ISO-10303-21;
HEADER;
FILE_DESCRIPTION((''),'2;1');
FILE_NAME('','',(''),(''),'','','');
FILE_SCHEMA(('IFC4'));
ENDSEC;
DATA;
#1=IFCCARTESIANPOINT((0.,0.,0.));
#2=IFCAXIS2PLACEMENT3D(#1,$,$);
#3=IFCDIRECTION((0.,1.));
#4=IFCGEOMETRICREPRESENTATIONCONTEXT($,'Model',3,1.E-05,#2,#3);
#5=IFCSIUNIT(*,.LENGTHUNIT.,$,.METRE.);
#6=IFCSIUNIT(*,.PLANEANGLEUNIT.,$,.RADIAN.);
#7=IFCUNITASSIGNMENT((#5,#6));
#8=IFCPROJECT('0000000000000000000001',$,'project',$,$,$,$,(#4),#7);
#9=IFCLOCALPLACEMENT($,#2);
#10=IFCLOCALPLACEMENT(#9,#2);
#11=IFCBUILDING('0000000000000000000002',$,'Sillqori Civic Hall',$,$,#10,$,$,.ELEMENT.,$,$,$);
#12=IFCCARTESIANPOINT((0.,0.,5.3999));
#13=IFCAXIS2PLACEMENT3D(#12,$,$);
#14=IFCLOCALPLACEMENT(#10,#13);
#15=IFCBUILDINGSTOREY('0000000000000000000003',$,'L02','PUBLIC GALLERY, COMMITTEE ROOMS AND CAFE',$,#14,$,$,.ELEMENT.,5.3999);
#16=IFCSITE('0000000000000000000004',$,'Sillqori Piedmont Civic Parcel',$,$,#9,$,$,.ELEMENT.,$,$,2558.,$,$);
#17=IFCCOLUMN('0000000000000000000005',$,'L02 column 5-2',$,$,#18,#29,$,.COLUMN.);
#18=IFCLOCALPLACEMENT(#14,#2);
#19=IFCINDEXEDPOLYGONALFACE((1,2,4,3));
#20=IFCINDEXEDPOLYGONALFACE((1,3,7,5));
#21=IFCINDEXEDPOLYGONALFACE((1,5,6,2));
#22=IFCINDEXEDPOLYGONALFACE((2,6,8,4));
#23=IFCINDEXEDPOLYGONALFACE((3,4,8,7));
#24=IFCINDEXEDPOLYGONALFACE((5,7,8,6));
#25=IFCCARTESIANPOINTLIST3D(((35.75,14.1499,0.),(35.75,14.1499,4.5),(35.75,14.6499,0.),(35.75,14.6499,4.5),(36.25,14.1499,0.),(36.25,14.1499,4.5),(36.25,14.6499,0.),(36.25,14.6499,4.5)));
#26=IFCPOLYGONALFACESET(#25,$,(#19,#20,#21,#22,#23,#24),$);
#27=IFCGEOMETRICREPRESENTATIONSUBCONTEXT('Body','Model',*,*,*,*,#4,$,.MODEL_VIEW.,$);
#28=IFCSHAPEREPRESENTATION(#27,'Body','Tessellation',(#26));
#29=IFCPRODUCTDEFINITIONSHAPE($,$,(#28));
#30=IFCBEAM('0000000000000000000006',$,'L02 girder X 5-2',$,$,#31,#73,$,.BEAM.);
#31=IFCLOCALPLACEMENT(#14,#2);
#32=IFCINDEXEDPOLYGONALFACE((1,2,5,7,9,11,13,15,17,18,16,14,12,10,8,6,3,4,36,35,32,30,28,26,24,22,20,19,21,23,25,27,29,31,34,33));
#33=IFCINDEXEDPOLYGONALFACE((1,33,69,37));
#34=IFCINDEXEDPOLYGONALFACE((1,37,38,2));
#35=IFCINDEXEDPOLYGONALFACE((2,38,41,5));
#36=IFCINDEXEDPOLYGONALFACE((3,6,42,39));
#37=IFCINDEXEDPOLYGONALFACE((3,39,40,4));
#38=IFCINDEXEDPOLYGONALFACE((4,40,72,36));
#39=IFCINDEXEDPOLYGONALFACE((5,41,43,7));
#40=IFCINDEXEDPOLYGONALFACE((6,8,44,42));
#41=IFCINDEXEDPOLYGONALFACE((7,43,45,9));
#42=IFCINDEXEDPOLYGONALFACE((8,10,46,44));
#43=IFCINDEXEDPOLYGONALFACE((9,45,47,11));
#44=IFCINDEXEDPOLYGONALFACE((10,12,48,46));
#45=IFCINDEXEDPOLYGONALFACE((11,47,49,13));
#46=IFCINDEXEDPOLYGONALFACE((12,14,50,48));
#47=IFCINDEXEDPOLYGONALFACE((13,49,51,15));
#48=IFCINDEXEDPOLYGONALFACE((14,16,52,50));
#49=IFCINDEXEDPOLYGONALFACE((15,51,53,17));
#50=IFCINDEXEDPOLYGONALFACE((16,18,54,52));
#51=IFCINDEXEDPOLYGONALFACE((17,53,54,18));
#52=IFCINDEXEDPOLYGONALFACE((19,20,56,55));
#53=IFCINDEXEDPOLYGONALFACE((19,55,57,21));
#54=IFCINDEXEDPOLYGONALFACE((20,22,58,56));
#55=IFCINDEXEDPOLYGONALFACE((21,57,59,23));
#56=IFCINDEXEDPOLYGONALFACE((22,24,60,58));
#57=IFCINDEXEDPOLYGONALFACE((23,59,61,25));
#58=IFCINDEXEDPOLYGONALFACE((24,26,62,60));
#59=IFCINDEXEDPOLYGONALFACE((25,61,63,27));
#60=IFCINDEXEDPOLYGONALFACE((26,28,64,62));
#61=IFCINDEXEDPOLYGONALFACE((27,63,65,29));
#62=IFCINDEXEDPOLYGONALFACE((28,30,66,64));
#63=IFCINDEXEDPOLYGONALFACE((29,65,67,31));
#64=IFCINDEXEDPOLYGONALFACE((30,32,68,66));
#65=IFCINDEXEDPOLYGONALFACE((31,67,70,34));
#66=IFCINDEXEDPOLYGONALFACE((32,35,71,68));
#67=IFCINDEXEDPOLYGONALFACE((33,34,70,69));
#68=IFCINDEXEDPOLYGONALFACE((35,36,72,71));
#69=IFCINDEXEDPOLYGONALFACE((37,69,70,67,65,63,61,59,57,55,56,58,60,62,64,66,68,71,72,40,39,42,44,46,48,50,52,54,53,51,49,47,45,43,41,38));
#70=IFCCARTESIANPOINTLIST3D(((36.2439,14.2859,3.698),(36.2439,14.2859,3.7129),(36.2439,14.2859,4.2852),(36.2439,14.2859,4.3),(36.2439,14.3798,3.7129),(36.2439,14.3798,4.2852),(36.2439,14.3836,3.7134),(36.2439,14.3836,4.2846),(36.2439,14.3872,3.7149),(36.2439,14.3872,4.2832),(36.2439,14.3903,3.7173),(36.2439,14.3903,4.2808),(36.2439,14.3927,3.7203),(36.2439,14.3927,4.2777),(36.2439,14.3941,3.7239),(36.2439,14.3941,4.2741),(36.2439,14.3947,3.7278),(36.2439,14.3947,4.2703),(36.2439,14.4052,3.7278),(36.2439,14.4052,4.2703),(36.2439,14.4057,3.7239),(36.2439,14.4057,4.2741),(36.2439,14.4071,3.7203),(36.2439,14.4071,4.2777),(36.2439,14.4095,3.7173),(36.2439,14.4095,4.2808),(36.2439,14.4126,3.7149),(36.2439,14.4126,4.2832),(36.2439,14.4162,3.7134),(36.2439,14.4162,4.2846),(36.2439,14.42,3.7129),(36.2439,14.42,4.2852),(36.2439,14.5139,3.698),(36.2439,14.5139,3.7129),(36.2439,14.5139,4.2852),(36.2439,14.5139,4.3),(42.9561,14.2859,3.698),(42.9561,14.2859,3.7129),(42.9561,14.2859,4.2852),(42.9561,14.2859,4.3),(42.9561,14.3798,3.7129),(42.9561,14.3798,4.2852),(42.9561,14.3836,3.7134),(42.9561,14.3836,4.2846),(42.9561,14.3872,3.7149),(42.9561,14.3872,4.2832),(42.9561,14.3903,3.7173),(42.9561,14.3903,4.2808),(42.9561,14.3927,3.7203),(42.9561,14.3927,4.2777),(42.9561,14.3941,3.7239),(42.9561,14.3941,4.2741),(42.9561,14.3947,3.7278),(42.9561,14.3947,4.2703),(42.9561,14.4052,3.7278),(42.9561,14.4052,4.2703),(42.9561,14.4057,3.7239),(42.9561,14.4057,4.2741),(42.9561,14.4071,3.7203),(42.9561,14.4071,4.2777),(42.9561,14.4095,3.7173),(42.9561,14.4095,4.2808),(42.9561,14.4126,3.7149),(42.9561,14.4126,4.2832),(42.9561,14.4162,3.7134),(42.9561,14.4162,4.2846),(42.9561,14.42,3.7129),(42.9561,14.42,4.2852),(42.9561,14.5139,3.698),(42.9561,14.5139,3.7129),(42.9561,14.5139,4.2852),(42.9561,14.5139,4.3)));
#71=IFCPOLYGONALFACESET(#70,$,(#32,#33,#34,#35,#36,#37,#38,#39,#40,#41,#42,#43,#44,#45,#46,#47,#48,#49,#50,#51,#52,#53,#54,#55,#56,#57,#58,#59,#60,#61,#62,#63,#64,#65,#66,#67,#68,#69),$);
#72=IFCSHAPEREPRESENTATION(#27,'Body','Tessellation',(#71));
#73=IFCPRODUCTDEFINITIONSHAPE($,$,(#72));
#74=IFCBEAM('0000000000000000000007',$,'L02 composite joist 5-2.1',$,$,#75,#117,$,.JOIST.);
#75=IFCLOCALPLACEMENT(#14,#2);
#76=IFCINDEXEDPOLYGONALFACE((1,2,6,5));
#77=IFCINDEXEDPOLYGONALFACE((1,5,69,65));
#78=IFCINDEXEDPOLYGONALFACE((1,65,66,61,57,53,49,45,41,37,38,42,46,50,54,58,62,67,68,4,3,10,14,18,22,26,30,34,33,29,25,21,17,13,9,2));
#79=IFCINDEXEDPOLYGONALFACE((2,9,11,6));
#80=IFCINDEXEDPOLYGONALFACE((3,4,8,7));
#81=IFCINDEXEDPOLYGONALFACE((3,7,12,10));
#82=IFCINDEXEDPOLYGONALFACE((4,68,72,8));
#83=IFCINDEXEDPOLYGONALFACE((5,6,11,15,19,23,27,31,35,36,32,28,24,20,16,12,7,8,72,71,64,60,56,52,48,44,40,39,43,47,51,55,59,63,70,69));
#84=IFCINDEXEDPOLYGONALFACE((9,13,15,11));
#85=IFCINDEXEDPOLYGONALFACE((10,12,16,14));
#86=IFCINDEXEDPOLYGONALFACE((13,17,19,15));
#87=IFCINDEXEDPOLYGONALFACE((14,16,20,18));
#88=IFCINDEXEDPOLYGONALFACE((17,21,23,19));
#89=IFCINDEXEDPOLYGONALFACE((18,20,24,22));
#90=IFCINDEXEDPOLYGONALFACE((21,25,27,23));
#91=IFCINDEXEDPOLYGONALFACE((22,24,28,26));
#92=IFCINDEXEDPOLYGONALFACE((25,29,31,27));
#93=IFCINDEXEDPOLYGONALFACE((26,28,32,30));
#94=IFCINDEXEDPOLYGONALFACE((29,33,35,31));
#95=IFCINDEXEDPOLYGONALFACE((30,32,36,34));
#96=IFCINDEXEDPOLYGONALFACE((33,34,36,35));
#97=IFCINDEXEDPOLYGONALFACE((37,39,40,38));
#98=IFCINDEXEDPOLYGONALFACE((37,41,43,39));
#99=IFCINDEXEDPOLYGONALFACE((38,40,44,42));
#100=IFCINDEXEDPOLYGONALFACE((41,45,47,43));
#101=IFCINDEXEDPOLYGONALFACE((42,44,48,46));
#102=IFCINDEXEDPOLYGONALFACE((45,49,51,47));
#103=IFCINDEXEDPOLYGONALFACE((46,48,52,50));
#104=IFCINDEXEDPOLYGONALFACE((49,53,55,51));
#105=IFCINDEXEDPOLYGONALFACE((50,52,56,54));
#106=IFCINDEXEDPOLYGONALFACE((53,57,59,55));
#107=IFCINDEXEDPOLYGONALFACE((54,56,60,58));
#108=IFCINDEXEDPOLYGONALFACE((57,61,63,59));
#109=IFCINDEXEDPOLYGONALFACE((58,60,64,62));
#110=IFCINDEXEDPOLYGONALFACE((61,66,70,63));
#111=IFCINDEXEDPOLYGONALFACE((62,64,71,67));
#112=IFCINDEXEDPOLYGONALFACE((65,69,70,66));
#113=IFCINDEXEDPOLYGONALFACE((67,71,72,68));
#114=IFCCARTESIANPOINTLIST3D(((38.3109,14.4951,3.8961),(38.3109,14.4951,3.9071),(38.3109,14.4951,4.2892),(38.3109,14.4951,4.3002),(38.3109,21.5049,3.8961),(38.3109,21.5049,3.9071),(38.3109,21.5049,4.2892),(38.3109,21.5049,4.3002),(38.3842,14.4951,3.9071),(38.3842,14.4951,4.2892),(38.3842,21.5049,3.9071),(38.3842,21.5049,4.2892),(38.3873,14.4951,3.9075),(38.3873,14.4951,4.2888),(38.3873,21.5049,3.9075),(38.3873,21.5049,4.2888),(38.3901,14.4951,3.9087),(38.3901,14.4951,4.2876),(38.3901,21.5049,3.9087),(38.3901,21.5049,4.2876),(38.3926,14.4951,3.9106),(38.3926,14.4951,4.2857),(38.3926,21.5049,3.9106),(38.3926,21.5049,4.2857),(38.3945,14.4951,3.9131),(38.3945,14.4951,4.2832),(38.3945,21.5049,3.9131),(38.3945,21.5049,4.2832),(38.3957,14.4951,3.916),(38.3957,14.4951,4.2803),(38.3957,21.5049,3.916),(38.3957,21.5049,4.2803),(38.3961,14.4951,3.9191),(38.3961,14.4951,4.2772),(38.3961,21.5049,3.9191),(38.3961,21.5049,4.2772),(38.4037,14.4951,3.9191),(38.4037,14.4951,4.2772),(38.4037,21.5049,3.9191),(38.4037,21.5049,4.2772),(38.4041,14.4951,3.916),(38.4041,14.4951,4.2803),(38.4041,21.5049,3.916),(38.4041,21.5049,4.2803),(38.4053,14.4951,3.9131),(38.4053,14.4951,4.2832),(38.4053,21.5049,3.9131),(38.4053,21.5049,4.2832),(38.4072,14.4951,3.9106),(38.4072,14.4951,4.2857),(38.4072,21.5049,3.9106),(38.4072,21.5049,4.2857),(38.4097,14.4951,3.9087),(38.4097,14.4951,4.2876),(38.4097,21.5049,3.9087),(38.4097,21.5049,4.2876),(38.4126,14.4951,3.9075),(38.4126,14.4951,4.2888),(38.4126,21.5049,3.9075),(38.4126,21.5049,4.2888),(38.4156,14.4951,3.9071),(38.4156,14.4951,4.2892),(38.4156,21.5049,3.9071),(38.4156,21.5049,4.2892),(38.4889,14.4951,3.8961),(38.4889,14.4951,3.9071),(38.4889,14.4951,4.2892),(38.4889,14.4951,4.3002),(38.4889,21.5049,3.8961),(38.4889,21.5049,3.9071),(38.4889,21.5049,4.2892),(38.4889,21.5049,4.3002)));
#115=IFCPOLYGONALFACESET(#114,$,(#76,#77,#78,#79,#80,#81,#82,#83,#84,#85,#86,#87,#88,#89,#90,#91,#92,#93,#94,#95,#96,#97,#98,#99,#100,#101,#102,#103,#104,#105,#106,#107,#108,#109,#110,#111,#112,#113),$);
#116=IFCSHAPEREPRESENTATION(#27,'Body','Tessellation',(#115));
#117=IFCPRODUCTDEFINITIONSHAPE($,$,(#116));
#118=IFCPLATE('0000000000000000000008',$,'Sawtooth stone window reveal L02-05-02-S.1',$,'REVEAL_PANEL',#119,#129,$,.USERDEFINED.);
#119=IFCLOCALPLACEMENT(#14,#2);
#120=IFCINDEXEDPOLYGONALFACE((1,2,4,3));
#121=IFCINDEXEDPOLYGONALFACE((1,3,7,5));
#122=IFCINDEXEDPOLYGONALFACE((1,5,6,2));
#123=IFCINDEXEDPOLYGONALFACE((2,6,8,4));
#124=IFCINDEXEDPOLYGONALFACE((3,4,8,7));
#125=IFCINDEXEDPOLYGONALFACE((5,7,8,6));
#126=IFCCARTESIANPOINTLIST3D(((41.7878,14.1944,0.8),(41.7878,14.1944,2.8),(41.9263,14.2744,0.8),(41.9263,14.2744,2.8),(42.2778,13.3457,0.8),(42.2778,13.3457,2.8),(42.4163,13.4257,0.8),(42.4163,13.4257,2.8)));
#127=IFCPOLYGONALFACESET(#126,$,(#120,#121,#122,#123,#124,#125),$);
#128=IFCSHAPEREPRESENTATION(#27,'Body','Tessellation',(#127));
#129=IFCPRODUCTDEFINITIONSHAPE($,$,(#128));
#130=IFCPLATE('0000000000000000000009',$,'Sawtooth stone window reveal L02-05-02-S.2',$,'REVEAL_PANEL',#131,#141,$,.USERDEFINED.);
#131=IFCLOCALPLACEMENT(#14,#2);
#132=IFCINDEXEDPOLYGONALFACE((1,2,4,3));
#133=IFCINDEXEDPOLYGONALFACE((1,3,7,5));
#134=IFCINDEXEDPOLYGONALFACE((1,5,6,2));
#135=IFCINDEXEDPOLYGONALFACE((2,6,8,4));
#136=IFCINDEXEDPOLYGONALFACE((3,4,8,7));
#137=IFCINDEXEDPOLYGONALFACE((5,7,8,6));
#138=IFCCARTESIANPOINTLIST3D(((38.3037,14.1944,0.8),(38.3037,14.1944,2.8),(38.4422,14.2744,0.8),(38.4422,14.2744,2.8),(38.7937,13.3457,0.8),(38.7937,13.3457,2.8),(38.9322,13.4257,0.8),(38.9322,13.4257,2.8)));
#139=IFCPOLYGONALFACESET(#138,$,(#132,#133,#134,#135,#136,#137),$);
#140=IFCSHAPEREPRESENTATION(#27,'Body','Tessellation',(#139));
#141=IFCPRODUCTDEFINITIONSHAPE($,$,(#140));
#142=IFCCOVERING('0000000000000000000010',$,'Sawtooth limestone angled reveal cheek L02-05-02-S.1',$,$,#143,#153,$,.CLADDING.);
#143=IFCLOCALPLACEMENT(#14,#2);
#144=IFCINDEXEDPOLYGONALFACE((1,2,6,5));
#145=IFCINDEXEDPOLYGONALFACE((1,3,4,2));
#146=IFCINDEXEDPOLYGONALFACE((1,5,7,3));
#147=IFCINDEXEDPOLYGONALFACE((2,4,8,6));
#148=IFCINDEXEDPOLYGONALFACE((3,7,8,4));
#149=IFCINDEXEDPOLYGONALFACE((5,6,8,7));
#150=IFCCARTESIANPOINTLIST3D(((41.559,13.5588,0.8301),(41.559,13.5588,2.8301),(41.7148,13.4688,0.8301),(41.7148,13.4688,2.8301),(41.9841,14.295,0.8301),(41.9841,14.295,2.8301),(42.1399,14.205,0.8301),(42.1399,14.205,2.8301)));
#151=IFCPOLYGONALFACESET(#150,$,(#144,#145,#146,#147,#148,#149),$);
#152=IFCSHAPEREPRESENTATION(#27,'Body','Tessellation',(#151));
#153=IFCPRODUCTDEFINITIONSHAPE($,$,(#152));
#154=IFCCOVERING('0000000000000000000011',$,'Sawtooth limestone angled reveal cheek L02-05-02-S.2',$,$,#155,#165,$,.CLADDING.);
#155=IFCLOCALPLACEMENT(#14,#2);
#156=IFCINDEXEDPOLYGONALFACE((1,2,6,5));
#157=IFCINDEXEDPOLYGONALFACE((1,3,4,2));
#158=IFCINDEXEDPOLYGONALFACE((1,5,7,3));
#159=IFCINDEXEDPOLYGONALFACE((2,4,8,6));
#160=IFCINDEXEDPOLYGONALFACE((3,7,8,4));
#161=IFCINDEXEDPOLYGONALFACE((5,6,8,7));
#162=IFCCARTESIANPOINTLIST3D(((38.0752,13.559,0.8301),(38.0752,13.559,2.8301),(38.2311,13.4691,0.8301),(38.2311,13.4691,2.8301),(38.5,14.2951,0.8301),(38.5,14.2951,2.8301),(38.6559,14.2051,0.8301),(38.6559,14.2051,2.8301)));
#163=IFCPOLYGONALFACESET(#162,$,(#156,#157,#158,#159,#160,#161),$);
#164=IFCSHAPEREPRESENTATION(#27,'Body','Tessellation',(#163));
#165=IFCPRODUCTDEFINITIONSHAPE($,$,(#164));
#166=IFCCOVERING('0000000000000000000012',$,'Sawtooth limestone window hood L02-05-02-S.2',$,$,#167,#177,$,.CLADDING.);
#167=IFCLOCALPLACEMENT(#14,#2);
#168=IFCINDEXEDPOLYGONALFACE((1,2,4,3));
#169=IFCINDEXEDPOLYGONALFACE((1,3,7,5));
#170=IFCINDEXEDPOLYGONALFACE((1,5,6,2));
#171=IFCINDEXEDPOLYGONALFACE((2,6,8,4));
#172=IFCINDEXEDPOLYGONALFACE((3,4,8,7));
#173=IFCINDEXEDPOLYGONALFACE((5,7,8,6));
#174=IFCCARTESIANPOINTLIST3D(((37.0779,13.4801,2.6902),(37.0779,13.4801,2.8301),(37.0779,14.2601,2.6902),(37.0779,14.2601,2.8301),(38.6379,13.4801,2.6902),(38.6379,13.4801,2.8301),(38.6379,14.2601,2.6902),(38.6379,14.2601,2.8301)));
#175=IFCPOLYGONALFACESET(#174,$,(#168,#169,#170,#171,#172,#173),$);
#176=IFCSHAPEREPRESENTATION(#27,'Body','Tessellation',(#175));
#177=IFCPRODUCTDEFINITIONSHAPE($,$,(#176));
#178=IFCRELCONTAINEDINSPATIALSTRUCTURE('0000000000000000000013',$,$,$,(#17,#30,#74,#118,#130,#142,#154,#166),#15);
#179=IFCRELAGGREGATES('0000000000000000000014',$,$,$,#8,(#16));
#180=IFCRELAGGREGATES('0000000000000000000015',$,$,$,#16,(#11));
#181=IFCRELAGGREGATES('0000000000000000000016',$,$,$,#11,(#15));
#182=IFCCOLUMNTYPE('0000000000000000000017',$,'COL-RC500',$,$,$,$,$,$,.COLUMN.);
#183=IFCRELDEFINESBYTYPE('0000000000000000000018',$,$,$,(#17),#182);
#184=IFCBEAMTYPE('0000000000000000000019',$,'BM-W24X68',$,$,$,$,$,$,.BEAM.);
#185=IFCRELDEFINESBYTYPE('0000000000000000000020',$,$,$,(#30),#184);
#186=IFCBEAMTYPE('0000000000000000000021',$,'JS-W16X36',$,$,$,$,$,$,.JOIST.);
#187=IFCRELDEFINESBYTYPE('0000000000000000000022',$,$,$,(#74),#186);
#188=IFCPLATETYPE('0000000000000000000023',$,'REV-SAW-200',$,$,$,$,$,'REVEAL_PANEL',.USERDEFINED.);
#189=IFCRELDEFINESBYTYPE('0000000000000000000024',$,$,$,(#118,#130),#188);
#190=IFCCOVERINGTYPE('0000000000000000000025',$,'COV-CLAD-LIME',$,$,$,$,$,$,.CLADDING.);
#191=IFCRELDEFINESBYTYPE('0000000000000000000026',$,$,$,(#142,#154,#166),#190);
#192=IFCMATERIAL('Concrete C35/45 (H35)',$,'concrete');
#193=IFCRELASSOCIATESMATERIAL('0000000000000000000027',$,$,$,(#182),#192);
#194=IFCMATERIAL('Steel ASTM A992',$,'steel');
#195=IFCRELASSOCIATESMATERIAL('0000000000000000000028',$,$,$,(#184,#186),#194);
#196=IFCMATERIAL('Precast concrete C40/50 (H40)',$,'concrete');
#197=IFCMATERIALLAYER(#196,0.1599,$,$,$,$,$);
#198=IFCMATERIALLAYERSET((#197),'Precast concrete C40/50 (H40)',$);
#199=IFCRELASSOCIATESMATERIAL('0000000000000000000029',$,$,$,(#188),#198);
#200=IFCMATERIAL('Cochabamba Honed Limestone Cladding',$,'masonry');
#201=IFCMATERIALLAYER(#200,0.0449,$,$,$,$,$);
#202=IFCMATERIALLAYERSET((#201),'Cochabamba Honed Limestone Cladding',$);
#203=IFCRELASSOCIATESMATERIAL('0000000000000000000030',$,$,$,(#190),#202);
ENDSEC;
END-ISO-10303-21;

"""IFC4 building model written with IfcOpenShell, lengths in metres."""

from ifc_helpers import new_model, si_unit, direction, frame, frame_2d, origin, origin_2d, place, context, subcontext, project, spatial, rectangle, i_section, extrude, material, layer, layer_set, material_profile, profile_set, type_object, element, save


model = new_model("IFC4")

# Units and contexts
model_context = context("Model", 3, precision=1e-05, world=origin(), true_north=direction((0.0, 1.0)))
body_context = subcontext(model_context, "Body", "Model", "MODEL_VIEW")
ifc_project = project(units=[si_unit("LENGTHUNIT", "METRE"), si_unit("PLANEANGLEUNIT", "RADIAN")], contexts=[model_context])

# Site, building, storey
site_placement = place(None, origin())
site = spatial("IfcSite", under=ifc_project, at=site_placement, Name="Sillqori Piedmont Civic Parcel", CompositionType="ELEMENT", RefElevation=2558.0)
building_placement = place(site_placement, origin())
building = spatial("IfcBuilding", under=site, at=building_placement, Name="Sillqori Civic Hall", CompositionType="ELEMENT")
storey_placement = place(building_placement, frame((0.0, 0.0, 5.3999)))
storey = spatial("IfcBuildingStorey", under=building, at=storey_placement, Name="L02", Description="PUBLIC GALLERY, COMMITTEE ROOMS AND CAFE", CompositionType="ELEMENT", Elevation=5.3999)

# Column
ifc_material_1 = material(Name="Concrete C35/45 (H35)", Category="concrete")
ifc_material_profile_1 = material_profile(ifc_material_1, rectangle(XDim=0.5, YDim=0.5, at=origin_2d()), Name="RC 500x500")
ifc_profile_set_1 = profile_set([ifc_material_profile_1], Name="Concrete C35/45 (H35)")
column_type = type_object("IfcColumnType", Name="COL-RC500", PredefinedType="COLUMN", material=ifc_profile_set_1)
column_placement = place(storey_placement, frame((36.0, 14.3999, 0.0), z_axis=(0.0, 0.0, 1.0), x_axis=(1.0, 0.0, 0.0)))
element("IfcColumn", 1, at=column_placement, inside=storey, type_object=column_type, Name="L02 column 5-2", PredefinedType="COLUMN", context=body_context, shape_type="SweptSolid", body=[
    extrude(rectangle(XDim=0.5, YDim=0.5, at=origin_2d()), origin(), (0.0, 0.0, 1.0), 4.5),
])

# Beams
ifc_material_2 = material(Name="Steel ASTM A992", Category="steel")
ifc_material_profile_2 = material_profile(ifc_material_2, i_section(OverallWidth=0.228, OverallDepth=0.6021, WebThickness=0.0105, FlangeThickness=0.0149, FilletRadius=0.0149, at=origin_2d()), Name="W24X68")
ifc_profile_set_2 = profile_set([ifc_material_profile_2], Name="Steel ASTM A992")
beam_type_1 = type_object("IfcBeamType", Name="BM-W24X68", PredefinedType="BEAM", material=ifc_profile_set_2)
beam_1_placement = place(storey_placement, frame((36.2439, 14.3999, 3.999), z_axis=(1.0, 0.0, 0.0), x_axis=(0.0, 1.0, 0.0)))
element("IfcBeam", 2, at=beam_1_placement, inside=storey, type_object=beam_type_1, Name="L02 girder X 5-2", PredefinedType="BEAM", context=body_context, shape_type="SweptSolid", body=[
    extrude(i_section(OverallWidth=0.228, OverallDepth=0.6021, WebThickness=0.0105, FlangeThickness=0.0149, FilletRadius=0.0149, at=origin_2d()), origin(), (0.0, 0.0, 1.0), 6.7122),
])
ifc_material_profile_3 = material_profile(ifc_material_2, i_section(OverallWidth=0.178, OverallDepth=0.4041, WebThickness=0.0076, FlangeThickness=0.011, FilletRadius=0.012, at=origin_2d()), Name="W16X36")
ifc_profile_set_3 = profile_set([ifc_material_profile_3], Name="Steel ASTM A992")
beam_type_2 = type_object("IfcBeamType", Name="JS-W16X36", PredefinedType="JOIST", material=ifc_profile_set_3)
beam_2_placement = place(storey_placement, frame((38.3999, 14.4951, 4.0981), z_axis=(0.0, 1.0, 0.0), x_axis=(-1.0, 0.0, 0.0)))
element("IfcBeam", 3, at=beam_2_placement, inside=storey, type_object=beam_type_2, Name="L02 composite joist 5-2.1", PredefinedType="JOIST", context=body_context, shape_type="SweptSolid", body=[
    extrude(i_section(OverallWidth=0.178, OverallDepth=0.4041, WebThickness=0.0076, FlangeThickness=0.011, FilletRadius=0.012, at=origin_2d()), origin(), (0.0, 0.0, 1.0), 7.0098),
])

# Plates
ifc_material_3 = material(Name="Precast concrete C40/50 (H40)", Category="concrete")
ifc_layer_1 = layer(ifc_material_3, 0.1599)
ifc_layer_set_1 = layer_set([ifc_layer_1], Name="Precast concrete C40/50 (H40)")
plate_type = type_object("IfcPlateType", Name="REV-SAW-200", ElementType="REVEAL_PANEL", PredefinedType="USERDEFINED", material=ifc_layer_set_1)
for number, where, z_axis, x_axis, name in (
    (4, (42.1021, 13.8101, 0.8), (0.0, 0.0, 1.0), (-0.866025, -0.5, 0.0), "Sawtooth stone window reveal L02-05-02-S.1"),
    (5, (38.6179, 13.8101, 0.8), (0.0, 0.0, 1.0), (-0.866025, -0.5, 0.0), "Sawtooth stone window reveal L02-05-02-S.2"),
):
    element("IfcPlate", number, at=place(storey_placement, frame(where, z_axis=z_axis, x_axis=x_axis)), inside=storey, type_object=plate_type, Name=name, ObjectType="REVEAL_PANEL", PredefinedType="USERDEFINED", context=body_context, shape_type="SweptSolid", body=[
        extrude(rectangle(XDim=0.1599, YDim=0.98, at=origin_2d()), origin(), (0.0, 0.0, 1.0), 2.0),
    ])

# Coverings
ifc_material_4 = material(Name="Cochabamba Honed Limestone Cladding", Category="masonry")
ifc_layer_2 = layer(ifc_material_4, 0.0449)
ifc_layer_set_2 = layer_set([ifc_layer_2], Name="Cochabamba Honed Limestone Cladding")
covering_type = type_object("IfcCoveringType", Name="COV-CLAD-LIME", PredefinedType="CLADDING", material=ifc_layer_set_2)
covering_1_placement = place(storey_placement, frame((42.062, 14.25, 0.8301), z_axis=(0.0, 0.0, 1.0), x_axis=(-0.500062, -0.865989, 0.0)))
element("IfcCovering", 6, at=covering_1_placement, inside=storey, type_object=covering_type, Name="Sawtooth limestone angled reveal cheek L02-05-02-S.1", PredefinedType="CLADDING", context=body_context, shape_type="SweptSolid", body=[
    extrude(rectangle(XDim=0.8501, YDim=0.1799, at=frame_2d((0.425, 0.0))), origin(), (0.0, 0.0, 1.0), 2.0),
])
covering_2_placement = place(storey_placement, frame((38.5779, 14.25, 0.8301), z_axis=(0.0, 0.0, 1.0), x_axis=(-0.499847, -0.866114, 0.0)))
element("IfcCovering", 7, at=covering_2_placement, inside=storey, type_object=covering_type, Name="Sawtooth limestone angled reveal cheek L02-05-02-S.2", PredefinedType="CLADDING", context=body_context, shape_type="SweptSolid", body=[
    extrude(rectangle(XDim=0.8499, YDim=0.1799, at=frame_2d((0.4248, 0.0))), origin(), (0.0, 0.0, 1.0), 2.0),
])
covering_3_placement = place(storey_placement, frame((38.6379, 13.8701, 2.6902), z_axis=(0.0, 0.0, 1.0), x_axis=(-1.0, 0.0, 0.0)))
element("IfcCovering", 8, at=covering_3_placement, inside=storey, type_object=covering_type, Name="Sawtooth limestone window hood L02-05-02-S.2", PredefinedType="CLADDING", context=body_context, shape_type="SweptSolid", body=[
    extrude(rectangle(XDim=1.5601, YDim=0.78, at=frame_2d((0.78, 0.0))), origin(), (0.0, 0.0, 1.0), 0.1399),
])

save(model, "model.ifc")
